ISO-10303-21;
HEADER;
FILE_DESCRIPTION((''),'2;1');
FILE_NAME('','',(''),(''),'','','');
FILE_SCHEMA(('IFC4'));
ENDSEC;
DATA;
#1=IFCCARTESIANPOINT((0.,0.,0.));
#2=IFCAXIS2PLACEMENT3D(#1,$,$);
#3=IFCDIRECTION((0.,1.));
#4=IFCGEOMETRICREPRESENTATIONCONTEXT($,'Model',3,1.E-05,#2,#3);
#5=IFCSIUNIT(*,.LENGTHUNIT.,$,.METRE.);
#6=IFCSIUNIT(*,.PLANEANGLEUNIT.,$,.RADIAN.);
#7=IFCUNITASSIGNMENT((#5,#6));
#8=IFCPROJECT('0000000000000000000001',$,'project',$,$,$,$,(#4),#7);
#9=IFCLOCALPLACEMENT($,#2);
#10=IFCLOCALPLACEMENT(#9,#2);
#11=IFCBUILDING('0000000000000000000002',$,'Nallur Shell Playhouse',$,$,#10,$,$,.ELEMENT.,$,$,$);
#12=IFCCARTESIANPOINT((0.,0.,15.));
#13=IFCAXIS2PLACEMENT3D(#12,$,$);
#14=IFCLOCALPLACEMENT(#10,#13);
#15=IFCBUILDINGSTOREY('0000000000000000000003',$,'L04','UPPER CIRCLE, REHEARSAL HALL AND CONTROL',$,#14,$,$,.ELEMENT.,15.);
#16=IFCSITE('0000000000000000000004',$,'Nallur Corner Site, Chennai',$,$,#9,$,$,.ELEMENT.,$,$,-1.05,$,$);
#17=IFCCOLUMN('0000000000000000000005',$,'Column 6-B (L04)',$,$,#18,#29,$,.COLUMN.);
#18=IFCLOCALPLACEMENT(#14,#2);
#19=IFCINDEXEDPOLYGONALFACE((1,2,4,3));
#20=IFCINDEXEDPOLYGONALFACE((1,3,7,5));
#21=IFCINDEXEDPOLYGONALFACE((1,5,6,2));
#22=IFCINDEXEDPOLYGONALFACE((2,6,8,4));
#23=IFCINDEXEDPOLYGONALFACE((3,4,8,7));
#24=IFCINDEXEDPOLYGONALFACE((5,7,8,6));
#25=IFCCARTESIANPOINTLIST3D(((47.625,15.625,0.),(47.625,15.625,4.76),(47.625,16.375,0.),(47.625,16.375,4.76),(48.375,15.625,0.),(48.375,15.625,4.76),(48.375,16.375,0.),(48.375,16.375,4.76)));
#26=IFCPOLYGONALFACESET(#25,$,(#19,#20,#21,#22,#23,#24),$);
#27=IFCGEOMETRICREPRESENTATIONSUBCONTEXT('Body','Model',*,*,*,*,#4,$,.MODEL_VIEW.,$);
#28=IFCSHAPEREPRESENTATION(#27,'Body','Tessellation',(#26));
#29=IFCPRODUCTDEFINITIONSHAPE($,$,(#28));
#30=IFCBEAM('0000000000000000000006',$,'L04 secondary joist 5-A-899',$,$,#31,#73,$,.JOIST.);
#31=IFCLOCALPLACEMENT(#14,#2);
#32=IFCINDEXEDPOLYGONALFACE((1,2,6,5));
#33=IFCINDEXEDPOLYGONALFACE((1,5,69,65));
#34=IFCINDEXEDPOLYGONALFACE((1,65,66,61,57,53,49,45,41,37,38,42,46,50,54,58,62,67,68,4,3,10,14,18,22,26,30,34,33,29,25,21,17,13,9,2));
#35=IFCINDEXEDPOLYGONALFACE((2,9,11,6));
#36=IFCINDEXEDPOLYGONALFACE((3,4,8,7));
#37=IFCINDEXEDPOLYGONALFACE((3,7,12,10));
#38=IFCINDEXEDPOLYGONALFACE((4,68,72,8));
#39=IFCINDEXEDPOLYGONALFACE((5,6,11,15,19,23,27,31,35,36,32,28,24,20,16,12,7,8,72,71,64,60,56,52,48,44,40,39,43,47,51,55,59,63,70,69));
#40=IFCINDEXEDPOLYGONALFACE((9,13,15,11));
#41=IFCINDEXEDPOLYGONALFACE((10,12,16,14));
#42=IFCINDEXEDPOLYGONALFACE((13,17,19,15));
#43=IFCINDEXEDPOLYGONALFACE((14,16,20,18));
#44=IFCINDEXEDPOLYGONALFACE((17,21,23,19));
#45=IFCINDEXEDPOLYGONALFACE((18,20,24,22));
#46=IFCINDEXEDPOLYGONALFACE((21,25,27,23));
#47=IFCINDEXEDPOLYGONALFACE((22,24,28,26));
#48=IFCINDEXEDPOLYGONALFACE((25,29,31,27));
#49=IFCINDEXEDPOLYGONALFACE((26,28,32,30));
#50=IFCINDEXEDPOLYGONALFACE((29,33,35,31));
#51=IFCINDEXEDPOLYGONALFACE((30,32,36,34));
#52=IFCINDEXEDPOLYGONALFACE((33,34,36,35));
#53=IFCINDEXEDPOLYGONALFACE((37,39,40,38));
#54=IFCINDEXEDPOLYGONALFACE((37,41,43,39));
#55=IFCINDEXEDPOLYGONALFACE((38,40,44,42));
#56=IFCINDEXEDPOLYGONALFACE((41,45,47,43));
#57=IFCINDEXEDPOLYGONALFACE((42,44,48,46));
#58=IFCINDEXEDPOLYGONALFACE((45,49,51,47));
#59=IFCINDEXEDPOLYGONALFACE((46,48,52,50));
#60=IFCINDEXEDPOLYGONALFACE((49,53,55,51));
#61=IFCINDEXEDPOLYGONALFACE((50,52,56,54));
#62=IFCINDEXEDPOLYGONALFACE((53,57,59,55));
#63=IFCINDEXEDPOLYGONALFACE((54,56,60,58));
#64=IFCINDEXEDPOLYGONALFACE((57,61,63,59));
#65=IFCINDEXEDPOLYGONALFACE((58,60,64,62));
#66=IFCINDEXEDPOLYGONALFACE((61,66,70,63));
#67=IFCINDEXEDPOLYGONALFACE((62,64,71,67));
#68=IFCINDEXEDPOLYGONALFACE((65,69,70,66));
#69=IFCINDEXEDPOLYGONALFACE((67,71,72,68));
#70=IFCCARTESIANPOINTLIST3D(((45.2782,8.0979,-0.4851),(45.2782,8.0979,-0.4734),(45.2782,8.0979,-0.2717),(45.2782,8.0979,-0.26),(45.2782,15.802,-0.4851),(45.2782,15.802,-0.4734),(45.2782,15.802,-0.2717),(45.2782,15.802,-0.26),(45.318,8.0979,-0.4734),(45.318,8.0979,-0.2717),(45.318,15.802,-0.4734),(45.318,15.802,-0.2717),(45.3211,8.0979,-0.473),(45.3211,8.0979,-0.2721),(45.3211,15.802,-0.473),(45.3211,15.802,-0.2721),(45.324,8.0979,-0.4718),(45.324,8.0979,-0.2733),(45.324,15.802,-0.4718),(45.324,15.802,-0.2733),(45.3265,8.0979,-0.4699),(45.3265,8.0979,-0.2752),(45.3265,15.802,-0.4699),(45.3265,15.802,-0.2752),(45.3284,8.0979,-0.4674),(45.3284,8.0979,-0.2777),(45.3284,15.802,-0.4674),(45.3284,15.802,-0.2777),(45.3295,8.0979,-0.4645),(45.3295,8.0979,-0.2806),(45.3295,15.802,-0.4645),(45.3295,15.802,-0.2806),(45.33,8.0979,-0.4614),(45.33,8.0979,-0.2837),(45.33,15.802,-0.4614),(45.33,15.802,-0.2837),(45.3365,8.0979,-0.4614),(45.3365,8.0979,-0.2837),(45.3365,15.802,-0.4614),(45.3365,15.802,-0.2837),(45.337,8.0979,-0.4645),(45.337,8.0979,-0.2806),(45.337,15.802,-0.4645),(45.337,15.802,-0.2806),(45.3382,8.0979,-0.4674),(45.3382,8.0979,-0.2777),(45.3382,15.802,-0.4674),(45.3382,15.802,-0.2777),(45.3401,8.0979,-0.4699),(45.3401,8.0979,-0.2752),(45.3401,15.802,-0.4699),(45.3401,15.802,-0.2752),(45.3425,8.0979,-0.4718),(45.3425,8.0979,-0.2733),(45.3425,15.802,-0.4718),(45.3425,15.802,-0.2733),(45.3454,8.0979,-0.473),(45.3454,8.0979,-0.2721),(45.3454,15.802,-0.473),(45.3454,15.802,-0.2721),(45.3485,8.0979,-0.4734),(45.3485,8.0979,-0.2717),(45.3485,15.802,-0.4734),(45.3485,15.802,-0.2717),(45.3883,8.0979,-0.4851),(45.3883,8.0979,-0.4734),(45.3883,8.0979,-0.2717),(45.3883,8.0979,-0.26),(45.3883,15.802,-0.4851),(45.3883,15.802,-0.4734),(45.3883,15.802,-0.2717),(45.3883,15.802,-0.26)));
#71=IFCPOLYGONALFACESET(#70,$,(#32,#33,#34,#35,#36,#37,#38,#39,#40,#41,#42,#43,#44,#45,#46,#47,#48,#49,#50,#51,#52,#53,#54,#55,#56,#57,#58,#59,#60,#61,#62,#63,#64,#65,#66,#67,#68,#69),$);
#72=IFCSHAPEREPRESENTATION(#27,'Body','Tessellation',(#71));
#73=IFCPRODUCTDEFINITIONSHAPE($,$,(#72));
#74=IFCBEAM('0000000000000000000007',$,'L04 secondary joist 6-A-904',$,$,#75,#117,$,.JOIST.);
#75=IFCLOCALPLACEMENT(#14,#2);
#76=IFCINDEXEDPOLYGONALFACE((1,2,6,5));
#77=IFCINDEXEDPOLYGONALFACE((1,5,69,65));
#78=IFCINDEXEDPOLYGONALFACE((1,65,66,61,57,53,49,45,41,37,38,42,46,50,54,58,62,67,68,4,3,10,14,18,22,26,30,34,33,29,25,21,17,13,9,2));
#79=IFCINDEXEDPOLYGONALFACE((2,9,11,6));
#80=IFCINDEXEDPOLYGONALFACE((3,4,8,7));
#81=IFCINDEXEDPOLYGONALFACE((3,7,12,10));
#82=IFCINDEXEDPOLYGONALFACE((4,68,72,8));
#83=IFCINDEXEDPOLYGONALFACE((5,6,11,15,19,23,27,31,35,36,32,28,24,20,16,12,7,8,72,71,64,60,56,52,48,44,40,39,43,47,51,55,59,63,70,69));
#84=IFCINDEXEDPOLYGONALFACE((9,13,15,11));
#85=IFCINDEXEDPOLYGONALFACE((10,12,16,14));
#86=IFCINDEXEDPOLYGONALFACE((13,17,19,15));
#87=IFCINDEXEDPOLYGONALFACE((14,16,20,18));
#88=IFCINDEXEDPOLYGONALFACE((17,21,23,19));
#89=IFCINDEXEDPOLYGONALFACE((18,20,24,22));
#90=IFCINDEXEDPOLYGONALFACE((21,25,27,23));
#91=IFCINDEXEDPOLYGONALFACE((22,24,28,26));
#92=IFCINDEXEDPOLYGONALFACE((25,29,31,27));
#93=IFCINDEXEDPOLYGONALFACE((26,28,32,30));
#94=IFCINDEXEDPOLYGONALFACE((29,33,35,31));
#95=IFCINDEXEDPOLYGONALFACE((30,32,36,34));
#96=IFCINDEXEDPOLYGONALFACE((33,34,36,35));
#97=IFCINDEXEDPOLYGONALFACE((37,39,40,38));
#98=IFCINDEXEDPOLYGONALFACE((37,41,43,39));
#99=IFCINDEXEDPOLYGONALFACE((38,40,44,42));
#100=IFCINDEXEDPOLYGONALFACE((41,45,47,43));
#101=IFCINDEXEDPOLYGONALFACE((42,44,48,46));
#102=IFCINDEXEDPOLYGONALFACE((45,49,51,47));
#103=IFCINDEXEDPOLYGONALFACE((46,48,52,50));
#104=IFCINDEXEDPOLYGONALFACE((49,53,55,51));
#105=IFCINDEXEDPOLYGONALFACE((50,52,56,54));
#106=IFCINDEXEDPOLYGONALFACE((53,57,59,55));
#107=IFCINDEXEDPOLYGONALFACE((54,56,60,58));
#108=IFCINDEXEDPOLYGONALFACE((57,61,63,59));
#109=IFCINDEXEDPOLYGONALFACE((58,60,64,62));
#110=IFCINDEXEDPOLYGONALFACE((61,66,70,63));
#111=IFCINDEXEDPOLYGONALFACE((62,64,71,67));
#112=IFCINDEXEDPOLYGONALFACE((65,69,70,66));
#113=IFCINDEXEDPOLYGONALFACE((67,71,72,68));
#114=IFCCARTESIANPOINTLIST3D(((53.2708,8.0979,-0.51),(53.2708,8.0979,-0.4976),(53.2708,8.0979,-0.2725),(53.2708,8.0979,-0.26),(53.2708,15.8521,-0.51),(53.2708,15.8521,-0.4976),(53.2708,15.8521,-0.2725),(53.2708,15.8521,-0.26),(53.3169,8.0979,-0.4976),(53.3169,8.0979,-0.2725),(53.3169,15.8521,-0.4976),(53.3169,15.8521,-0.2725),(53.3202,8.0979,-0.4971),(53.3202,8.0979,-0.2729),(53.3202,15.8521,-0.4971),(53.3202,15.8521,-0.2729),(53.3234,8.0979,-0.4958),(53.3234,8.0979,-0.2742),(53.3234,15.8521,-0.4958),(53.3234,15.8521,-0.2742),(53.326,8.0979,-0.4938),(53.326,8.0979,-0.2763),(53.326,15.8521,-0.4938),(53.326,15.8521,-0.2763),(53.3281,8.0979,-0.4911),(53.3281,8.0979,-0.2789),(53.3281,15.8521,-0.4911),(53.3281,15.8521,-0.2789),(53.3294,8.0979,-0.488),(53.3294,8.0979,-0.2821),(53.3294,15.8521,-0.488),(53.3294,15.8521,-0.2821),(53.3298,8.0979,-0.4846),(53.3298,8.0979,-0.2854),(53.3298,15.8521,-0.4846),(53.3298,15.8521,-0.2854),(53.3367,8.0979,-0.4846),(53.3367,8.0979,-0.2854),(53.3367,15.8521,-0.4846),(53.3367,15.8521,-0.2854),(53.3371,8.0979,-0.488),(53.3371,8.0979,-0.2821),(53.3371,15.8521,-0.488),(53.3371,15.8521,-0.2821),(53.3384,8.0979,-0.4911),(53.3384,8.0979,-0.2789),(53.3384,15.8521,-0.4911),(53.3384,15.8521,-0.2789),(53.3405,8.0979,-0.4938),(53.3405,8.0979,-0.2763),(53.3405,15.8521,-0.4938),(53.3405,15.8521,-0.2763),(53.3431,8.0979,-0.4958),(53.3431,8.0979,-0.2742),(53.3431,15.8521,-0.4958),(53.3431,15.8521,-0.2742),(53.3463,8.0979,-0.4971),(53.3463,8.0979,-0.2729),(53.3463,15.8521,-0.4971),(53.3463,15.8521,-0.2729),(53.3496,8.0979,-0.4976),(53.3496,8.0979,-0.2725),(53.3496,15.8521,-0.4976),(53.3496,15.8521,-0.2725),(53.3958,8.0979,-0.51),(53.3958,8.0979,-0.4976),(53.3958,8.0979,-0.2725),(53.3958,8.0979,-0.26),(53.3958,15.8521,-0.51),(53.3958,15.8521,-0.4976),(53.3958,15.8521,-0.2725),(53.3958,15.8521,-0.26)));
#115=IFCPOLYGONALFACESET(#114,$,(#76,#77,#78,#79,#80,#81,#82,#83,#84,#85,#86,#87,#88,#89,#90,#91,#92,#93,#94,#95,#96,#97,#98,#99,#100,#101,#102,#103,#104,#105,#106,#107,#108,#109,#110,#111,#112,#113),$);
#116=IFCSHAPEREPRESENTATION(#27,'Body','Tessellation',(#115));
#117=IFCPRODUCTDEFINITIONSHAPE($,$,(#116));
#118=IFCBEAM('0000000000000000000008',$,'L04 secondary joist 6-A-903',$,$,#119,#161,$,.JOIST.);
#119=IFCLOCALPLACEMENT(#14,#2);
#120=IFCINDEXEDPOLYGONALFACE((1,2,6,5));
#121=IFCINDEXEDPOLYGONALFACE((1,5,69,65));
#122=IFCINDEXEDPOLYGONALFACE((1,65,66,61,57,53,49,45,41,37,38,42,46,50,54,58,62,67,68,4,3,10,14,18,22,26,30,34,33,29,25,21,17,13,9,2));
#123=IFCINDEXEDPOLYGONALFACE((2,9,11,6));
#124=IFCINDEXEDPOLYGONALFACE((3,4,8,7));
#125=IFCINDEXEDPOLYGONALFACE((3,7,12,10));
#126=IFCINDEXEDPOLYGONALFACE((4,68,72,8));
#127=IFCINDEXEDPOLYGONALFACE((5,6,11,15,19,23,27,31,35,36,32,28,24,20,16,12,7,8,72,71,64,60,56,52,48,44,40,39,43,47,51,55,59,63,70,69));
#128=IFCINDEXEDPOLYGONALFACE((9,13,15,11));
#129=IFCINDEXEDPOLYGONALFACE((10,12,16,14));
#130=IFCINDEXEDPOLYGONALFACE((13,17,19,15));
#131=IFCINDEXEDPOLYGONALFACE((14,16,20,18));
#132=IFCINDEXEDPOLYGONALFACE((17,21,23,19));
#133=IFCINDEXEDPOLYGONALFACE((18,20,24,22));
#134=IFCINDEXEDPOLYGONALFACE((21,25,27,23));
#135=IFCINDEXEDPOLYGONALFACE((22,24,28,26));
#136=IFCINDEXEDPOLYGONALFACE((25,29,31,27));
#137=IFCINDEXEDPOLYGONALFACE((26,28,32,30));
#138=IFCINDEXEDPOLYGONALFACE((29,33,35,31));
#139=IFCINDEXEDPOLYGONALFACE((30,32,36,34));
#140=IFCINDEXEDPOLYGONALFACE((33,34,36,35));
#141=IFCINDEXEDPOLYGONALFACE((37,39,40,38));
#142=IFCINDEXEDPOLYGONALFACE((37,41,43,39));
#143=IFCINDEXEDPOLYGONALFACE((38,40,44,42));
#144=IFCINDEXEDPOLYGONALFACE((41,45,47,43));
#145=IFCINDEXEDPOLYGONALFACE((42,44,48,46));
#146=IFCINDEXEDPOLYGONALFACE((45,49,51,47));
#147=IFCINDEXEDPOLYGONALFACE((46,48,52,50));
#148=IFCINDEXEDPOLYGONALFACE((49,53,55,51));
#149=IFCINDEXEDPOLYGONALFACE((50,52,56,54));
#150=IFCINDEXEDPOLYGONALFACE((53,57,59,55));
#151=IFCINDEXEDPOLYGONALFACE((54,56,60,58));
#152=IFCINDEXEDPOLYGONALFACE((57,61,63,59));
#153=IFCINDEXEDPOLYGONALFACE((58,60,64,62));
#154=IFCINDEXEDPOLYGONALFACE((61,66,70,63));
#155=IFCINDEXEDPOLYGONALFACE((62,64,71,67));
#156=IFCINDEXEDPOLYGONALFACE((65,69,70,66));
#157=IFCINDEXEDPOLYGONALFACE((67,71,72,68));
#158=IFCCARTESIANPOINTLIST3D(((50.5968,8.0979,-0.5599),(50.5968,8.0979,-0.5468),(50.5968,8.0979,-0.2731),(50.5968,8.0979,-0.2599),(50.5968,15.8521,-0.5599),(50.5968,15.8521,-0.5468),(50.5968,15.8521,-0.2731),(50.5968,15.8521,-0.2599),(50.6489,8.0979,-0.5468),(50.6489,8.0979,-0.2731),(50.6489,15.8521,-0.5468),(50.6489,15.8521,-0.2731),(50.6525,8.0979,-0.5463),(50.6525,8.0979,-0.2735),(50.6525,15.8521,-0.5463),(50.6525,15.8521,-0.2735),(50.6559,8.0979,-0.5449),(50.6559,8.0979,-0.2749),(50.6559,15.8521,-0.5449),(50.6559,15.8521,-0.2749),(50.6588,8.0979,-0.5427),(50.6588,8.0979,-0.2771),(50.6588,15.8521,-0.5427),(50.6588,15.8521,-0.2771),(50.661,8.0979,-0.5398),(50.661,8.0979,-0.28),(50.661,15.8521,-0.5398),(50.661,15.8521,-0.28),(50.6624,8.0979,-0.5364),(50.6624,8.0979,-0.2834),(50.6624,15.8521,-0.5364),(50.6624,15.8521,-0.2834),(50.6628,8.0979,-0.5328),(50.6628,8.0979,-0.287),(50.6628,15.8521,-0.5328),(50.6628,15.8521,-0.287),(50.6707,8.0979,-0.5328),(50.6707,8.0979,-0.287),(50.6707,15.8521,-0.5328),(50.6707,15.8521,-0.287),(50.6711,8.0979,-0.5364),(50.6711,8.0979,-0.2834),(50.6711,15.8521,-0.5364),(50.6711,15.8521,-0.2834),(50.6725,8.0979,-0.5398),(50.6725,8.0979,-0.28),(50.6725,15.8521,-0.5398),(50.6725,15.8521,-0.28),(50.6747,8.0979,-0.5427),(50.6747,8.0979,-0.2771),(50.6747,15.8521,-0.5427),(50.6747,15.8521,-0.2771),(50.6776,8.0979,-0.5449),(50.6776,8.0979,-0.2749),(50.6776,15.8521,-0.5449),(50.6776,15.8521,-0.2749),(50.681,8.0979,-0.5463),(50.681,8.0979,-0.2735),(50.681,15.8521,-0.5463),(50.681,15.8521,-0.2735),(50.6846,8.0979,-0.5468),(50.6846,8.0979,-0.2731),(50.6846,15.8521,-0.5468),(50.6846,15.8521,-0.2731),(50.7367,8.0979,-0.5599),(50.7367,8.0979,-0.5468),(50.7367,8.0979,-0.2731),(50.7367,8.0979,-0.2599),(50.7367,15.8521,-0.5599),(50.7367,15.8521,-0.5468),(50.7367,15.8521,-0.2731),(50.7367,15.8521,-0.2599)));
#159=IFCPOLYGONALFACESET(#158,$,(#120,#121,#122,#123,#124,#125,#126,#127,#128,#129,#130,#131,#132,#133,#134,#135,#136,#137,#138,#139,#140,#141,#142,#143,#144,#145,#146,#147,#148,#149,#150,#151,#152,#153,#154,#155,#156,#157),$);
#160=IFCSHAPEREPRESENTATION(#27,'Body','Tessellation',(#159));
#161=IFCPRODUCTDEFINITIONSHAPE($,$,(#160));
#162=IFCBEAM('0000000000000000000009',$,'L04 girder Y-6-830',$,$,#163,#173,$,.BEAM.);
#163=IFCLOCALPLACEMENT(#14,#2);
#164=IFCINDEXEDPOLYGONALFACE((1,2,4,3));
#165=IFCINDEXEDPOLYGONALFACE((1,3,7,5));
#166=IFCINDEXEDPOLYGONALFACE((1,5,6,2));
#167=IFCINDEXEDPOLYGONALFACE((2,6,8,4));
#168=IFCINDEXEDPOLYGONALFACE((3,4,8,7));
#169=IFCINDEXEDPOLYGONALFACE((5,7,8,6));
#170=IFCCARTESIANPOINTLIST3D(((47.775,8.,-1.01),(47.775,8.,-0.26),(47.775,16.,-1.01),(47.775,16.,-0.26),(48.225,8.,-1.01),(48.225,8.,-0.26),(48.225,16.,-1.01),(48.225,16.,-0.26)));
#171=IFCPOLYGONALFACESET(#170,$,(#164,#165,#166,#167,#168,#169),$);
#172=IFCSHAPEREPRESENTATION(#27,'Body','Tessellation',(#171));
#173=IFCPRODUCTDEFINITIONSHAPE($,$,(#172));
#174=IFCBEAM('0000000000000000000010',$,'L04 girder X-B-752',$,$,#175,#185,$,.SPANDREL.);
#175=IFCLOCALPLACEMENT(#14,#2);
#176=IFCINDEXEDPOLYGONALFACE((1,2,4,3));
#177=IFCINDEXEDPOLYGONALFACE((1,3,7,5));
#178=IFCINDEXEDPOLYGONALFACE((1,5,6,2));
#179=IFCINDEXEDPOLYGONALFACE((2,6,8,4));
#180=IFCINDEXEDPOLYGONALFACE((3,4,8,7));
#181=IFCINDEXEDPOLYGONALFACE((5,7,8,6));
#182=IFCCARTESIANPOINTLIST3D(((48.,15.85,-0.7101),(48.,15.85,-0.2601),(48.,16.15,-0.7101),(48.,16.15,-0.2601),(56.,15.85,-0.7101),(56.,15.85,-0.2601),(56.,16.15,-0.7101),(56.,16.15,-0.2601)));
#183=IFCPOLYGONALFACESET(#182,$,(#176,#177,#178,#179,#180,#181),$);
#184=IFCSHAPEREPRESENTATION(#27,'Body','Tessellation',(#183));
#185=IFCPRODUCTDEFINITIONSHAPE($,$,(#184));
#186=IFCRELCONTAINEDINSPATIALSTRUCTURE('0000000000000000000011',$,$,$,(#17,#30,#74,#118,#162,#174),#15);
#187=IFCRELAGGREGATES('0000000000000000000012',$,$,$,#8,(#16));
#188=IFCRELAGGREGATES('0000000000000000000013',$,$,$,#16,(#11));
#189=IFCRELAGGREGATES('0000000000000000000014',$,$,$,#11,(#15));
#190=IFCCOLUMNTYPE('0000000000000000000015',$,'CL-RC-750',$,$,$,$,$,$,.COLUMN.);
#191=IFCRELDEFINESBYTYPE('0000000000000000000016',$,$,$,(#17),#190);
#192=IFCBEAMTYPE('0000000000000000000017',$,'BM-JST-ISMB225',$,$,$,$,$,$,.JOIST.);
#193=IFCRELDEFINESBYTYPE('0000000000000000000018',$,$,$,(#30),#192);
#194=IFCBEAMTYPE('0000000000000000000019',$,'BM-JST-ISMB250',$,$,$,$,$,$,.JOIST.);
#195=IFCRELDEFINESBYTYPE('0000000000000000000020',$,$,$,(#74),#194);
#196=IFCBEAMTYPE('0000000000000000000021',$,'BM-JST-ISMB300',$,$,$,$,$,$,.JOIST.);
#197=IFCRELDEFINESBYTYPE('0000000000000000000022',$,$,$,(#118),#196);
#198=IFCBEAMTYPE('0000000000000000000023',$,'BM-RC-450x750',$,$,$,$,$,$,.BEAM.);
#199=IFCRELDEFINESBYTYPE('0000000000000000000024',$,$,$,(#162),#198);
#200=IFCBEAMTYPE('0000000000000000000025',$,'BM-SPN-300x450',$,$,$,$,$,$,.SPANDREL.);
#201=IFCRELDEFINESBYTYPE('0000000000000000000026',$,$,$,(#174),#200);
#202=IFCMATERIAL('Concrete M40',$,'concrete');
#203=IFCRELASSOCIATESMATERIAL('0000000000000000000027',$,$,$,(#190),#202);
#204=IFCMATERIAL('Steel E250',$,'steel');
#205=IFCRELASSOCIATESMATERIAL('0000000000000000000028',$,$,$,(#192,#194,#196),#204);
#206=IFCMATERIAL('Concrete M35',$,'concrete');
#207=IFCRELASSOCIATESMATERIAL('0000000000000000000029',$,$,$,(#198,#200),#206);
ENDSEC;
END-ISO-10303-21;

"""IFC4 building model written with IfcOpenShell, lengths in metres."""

from ifc_helpers import new_model, si_unit, direction, frame, origin, origin_2d, place, context, subcontext, project, spatial, rectangle, i_section, extrude, material, material_profile, profile_set, type_object, element, save


model = new_model("IFC4")

# Units and contexts
model_context = context("Model", 3, precision=1e-05, world=origin(), true_north=direction((0.0, 1.0)))
body_context = subcontext(model_context, "Body", "Model", "MODEL_VIEW")
ifc_project = project(units=[si_unit("LENGTHUNIT", "METRE"), si_unit("PLANEANGLEUNIT", "RADIAN")], contexts=[model_context])

# Site, building, storey
site_placement = place(None, origin())
site = spatial("IfcSite", under=ifc_project, at=site_placement, Name="Nallur Corner Site, Chennai", CompositionType="ELEMENT", RefElevation=-1.05)
building_placement = place(site_placement, origin())
building = spatial("IfcBuilding", under=site, at=building_placement, Name="Nallur Shell Playhouse", CompositionType="ELEMENT")
storey_placement = place(building_placement, frame((0.0, 0.0, 15.0)))
storey = spatial("IfcBuildingStorey", under=building, at=storey_placement, Name="L04", Description="UPPER CIRCLE, REHEARSAL HALL AND CONTROL", CompositionType="ELEMENT", Elevation=15.0)

# Column
ifc_material_1 = material(Name="Concrete M40", Category="concrete")
ifc_material_profile_1 = material_profile(ifc_material_1, rectangle(XDim=0.75, YDim=0.75, at=origin_2d()), Name="RC 750x750")
ifc_profile_set_1 = profile_set([ifc_material_profile_1], Name="Concrete M40")
column_type = type_object("IfcColumnType", Name="CL-RC-750", PredefinedType="COLUMN", material=ifc_profile_set_1)
column_placement = place(storey_placement, frame((48.0, 16.0, 0.0), z_axis=(0.0, 0.0, 1.0), x_axis=(1.0, 0.0, 0.0)))
element("IfcColumn", 1, at=column_placement, inside=storey, type_object=column_type, Name="Column 6-B (L04)", PredefinedType="COLUMN", context=body_context, shape_type="SweptSolid", body=[
    extrude(rectangle(XDim=0.75, YDim=0.75, at=origin_2d()), origin(), (0.0, 0.0, 1.0), 4.76),
])

# Beams
ifc_material_2 = material(Name="Steel E250", Category="steel")
ifc_material_profile_2 = material_profile(ifc_material_2, i_section(OverallWidth=0.1101, OverallDepth=0.2251, WebThickness=0.0066, FlangeThickness=0.0117, FilletRadius=0.012, at=origin_2d()), Name="ISMB 225")
ifc_profile_set_2 = profile_set([ifc_material_profile_2], Name="Steel E250")
beam_type_1 = type_object("IfcBeamType", Name="BM-JST-ISMB225", PredefinedType="JOIST", material=ifc_profile_set_2)
beam_1_placement = place(storey_placement, frame((45.3333, 8.0979, -0.3726), z_axis=(0.0, 1.0, 0.0), x_axis=(-1.0, 0.0, 0.0)))
element("IfcBeam", 2, at=beam_1_placement, inside=storey, type_object=beam_type_1, Name="L04 secondary joist 5-A-899", PredefinedType="JOIST", context=body_context, shape_type="SweptSolid", body=[
    extrude(i_section(OverallWidth=0.1101, OverallDepth=0.2251, WebThickness=0.0066, FlangeThickness=0.0117, FilletRadius=0.012, at=origin_2d()), origin(), (0.0, 0.0, 1.0), 7.7041),
])
ifc_material_profile_3 = material_profile(ifc_material_2, i_section(OverallWidth=0.125, OverallDepth=0.25, WebThickness=0.0068, FlangeThickness=0.0125, FilletRadius=0.0129, at=origin_2d()), Name="ISMB 250")
ifc_profile_set_3 = profile_set([ifc_material_profile_3], Name="Steel E250")
beam_type_2 = type_object("IfcBeamType", Name="BM-JST-ISMB250", PredefinedType="JOIST", material=ifc_profile_set_3)
beam_2_placement = place(storey_placement, frame((53.3333, 8.0979, -0.385), z_axis=(0.0, 1.0, 0.0), x_axis=(-1.0, 0.0, 0.0)))
element("IfcBeam", 3, at=beam_2_placement, inside=storey, type_object=beam_type_2, Name="L04 secondary joist 6-A-904", PredefinedType="JOIST", context=body_context, shape_type="SweptSolid", body=[
    extrude(i_section(OverallWidth=0.125, OverallDepth=0.25, WebThickness=0.0068, FlangeThickness=0.0125, FilletRadius=0.0129, at=origin_2d()), origin(), (0.0, 0.0, 1.0), 7.7542),
])
ifc_material_profile_4 = material_profile(ifc_material_2, i_section(OverallWidth=0.1399, OverallDepth=0.3, WebThickness=0.0078, FlangeThickness=0.0132, FilletRadius=0.0139, at=origin_2d()), Name="ISMB 300")
ifc_profile_set_4 = profile_set([ifc_material_profile_4], Name="Steel E250")
beam_type_3 = type_object("IfcBeamType", Name="BM-JST-ISMB300", PredefinedType="JOIST", material=ifc_profile_set_4)
beam_3_placement = place(storey_placement, frame((50.6667, 8.0979, -0.4099), z_axis=(0.0, 1.0, 0.0), x_axis=(-1.0, 0.0, 0.0)))
element("IfcBeam", 4, at=beam_3_placement, inside=storey, type_object=beam_type_3, Name="L04 secondary joist 6-A-903", PredefinedType="JOIST", context=body_context, shape_type="SweptSolid", body=[
    extrude(i_section(OverallWidth=0.1399, OverallDepth=0.3, WebThickness=0.0078, FlangeThickness=0.0132, FilletRadius=0.0139, at=origin_2d()), origin(), (0.0, 0.0, 1.0), 7.7542),
])
ifc_material_3 = material(Name="Concrete M35", Category="concrete")
ifc_material_profile_5 = material_profile(ifc_material_3, rectangle(XDim=0.45, YDim=0.75, at=origin_2d()), Name="RC 450x750")
ifc_profile_set_5 = profile_set([ifc_material_profile_5], Name="Concrete M35")
beam_type_4 = type_object("IfcBeamType", Name="BM-RC-450x750", PredefinedType="BEAM", material=ifc_profile_set_5)
beam_4_placement = place(storey_placement, frame((48.0, 8.0, -0.635), z_axis=(0.0, 1.0, 0.0), x_axis=(-1.0, 0.0, 0.0)))
element("IfcBeam", 5, at=beam_4_placement, inside=storey, type_object=beam_type_4, Name="L04 girder Y-6-830", PredefinedType="BEAM", context=body_context, shape_type="SweptSolid", body=[
    extrude(rectangle(XDim=0.45, YDim=0.75, at=origin_2d()), origin(), (0.0, 0.0, 1.0), 8.0),
])
ifc_material_profile_6 = material_profile(ifc_material_3, rectangle(XDim=0.3, YDim=0.45, at=origin_2d()), Name="RC 300x450")
ifc_profile_set_6 = profile_set([ifc_material_profile_6], Name="Concrete M35")
beam_type_5 = type_object("IfcBeamType", Name="BM-SPN-300x450", PredefinedType="SPANDREL", material=ifc_profile_set_6)
beam_5_placement = place(storey_placement, frame((48.0, 16.0, -0.4851), z_axis=(1.0, 0.0, 0.0), x_axis=(0.0, 1.0, 0.0)))
element("IfcBeam", 6, at=beam_5_placement, inside=storey, type_object=beam_type_5, Name="L04 girder X-B-752", PredefinedType="SPANDREL", context=body_context, shape_type="SweptSolid", body=[
    extrude(rectangle(XDim=0.3, YDim=0.45, at=origin_2d()), origin(), (0.0, 0.0, 1.0), 8.0),
])

save(model, "model.ifc")
